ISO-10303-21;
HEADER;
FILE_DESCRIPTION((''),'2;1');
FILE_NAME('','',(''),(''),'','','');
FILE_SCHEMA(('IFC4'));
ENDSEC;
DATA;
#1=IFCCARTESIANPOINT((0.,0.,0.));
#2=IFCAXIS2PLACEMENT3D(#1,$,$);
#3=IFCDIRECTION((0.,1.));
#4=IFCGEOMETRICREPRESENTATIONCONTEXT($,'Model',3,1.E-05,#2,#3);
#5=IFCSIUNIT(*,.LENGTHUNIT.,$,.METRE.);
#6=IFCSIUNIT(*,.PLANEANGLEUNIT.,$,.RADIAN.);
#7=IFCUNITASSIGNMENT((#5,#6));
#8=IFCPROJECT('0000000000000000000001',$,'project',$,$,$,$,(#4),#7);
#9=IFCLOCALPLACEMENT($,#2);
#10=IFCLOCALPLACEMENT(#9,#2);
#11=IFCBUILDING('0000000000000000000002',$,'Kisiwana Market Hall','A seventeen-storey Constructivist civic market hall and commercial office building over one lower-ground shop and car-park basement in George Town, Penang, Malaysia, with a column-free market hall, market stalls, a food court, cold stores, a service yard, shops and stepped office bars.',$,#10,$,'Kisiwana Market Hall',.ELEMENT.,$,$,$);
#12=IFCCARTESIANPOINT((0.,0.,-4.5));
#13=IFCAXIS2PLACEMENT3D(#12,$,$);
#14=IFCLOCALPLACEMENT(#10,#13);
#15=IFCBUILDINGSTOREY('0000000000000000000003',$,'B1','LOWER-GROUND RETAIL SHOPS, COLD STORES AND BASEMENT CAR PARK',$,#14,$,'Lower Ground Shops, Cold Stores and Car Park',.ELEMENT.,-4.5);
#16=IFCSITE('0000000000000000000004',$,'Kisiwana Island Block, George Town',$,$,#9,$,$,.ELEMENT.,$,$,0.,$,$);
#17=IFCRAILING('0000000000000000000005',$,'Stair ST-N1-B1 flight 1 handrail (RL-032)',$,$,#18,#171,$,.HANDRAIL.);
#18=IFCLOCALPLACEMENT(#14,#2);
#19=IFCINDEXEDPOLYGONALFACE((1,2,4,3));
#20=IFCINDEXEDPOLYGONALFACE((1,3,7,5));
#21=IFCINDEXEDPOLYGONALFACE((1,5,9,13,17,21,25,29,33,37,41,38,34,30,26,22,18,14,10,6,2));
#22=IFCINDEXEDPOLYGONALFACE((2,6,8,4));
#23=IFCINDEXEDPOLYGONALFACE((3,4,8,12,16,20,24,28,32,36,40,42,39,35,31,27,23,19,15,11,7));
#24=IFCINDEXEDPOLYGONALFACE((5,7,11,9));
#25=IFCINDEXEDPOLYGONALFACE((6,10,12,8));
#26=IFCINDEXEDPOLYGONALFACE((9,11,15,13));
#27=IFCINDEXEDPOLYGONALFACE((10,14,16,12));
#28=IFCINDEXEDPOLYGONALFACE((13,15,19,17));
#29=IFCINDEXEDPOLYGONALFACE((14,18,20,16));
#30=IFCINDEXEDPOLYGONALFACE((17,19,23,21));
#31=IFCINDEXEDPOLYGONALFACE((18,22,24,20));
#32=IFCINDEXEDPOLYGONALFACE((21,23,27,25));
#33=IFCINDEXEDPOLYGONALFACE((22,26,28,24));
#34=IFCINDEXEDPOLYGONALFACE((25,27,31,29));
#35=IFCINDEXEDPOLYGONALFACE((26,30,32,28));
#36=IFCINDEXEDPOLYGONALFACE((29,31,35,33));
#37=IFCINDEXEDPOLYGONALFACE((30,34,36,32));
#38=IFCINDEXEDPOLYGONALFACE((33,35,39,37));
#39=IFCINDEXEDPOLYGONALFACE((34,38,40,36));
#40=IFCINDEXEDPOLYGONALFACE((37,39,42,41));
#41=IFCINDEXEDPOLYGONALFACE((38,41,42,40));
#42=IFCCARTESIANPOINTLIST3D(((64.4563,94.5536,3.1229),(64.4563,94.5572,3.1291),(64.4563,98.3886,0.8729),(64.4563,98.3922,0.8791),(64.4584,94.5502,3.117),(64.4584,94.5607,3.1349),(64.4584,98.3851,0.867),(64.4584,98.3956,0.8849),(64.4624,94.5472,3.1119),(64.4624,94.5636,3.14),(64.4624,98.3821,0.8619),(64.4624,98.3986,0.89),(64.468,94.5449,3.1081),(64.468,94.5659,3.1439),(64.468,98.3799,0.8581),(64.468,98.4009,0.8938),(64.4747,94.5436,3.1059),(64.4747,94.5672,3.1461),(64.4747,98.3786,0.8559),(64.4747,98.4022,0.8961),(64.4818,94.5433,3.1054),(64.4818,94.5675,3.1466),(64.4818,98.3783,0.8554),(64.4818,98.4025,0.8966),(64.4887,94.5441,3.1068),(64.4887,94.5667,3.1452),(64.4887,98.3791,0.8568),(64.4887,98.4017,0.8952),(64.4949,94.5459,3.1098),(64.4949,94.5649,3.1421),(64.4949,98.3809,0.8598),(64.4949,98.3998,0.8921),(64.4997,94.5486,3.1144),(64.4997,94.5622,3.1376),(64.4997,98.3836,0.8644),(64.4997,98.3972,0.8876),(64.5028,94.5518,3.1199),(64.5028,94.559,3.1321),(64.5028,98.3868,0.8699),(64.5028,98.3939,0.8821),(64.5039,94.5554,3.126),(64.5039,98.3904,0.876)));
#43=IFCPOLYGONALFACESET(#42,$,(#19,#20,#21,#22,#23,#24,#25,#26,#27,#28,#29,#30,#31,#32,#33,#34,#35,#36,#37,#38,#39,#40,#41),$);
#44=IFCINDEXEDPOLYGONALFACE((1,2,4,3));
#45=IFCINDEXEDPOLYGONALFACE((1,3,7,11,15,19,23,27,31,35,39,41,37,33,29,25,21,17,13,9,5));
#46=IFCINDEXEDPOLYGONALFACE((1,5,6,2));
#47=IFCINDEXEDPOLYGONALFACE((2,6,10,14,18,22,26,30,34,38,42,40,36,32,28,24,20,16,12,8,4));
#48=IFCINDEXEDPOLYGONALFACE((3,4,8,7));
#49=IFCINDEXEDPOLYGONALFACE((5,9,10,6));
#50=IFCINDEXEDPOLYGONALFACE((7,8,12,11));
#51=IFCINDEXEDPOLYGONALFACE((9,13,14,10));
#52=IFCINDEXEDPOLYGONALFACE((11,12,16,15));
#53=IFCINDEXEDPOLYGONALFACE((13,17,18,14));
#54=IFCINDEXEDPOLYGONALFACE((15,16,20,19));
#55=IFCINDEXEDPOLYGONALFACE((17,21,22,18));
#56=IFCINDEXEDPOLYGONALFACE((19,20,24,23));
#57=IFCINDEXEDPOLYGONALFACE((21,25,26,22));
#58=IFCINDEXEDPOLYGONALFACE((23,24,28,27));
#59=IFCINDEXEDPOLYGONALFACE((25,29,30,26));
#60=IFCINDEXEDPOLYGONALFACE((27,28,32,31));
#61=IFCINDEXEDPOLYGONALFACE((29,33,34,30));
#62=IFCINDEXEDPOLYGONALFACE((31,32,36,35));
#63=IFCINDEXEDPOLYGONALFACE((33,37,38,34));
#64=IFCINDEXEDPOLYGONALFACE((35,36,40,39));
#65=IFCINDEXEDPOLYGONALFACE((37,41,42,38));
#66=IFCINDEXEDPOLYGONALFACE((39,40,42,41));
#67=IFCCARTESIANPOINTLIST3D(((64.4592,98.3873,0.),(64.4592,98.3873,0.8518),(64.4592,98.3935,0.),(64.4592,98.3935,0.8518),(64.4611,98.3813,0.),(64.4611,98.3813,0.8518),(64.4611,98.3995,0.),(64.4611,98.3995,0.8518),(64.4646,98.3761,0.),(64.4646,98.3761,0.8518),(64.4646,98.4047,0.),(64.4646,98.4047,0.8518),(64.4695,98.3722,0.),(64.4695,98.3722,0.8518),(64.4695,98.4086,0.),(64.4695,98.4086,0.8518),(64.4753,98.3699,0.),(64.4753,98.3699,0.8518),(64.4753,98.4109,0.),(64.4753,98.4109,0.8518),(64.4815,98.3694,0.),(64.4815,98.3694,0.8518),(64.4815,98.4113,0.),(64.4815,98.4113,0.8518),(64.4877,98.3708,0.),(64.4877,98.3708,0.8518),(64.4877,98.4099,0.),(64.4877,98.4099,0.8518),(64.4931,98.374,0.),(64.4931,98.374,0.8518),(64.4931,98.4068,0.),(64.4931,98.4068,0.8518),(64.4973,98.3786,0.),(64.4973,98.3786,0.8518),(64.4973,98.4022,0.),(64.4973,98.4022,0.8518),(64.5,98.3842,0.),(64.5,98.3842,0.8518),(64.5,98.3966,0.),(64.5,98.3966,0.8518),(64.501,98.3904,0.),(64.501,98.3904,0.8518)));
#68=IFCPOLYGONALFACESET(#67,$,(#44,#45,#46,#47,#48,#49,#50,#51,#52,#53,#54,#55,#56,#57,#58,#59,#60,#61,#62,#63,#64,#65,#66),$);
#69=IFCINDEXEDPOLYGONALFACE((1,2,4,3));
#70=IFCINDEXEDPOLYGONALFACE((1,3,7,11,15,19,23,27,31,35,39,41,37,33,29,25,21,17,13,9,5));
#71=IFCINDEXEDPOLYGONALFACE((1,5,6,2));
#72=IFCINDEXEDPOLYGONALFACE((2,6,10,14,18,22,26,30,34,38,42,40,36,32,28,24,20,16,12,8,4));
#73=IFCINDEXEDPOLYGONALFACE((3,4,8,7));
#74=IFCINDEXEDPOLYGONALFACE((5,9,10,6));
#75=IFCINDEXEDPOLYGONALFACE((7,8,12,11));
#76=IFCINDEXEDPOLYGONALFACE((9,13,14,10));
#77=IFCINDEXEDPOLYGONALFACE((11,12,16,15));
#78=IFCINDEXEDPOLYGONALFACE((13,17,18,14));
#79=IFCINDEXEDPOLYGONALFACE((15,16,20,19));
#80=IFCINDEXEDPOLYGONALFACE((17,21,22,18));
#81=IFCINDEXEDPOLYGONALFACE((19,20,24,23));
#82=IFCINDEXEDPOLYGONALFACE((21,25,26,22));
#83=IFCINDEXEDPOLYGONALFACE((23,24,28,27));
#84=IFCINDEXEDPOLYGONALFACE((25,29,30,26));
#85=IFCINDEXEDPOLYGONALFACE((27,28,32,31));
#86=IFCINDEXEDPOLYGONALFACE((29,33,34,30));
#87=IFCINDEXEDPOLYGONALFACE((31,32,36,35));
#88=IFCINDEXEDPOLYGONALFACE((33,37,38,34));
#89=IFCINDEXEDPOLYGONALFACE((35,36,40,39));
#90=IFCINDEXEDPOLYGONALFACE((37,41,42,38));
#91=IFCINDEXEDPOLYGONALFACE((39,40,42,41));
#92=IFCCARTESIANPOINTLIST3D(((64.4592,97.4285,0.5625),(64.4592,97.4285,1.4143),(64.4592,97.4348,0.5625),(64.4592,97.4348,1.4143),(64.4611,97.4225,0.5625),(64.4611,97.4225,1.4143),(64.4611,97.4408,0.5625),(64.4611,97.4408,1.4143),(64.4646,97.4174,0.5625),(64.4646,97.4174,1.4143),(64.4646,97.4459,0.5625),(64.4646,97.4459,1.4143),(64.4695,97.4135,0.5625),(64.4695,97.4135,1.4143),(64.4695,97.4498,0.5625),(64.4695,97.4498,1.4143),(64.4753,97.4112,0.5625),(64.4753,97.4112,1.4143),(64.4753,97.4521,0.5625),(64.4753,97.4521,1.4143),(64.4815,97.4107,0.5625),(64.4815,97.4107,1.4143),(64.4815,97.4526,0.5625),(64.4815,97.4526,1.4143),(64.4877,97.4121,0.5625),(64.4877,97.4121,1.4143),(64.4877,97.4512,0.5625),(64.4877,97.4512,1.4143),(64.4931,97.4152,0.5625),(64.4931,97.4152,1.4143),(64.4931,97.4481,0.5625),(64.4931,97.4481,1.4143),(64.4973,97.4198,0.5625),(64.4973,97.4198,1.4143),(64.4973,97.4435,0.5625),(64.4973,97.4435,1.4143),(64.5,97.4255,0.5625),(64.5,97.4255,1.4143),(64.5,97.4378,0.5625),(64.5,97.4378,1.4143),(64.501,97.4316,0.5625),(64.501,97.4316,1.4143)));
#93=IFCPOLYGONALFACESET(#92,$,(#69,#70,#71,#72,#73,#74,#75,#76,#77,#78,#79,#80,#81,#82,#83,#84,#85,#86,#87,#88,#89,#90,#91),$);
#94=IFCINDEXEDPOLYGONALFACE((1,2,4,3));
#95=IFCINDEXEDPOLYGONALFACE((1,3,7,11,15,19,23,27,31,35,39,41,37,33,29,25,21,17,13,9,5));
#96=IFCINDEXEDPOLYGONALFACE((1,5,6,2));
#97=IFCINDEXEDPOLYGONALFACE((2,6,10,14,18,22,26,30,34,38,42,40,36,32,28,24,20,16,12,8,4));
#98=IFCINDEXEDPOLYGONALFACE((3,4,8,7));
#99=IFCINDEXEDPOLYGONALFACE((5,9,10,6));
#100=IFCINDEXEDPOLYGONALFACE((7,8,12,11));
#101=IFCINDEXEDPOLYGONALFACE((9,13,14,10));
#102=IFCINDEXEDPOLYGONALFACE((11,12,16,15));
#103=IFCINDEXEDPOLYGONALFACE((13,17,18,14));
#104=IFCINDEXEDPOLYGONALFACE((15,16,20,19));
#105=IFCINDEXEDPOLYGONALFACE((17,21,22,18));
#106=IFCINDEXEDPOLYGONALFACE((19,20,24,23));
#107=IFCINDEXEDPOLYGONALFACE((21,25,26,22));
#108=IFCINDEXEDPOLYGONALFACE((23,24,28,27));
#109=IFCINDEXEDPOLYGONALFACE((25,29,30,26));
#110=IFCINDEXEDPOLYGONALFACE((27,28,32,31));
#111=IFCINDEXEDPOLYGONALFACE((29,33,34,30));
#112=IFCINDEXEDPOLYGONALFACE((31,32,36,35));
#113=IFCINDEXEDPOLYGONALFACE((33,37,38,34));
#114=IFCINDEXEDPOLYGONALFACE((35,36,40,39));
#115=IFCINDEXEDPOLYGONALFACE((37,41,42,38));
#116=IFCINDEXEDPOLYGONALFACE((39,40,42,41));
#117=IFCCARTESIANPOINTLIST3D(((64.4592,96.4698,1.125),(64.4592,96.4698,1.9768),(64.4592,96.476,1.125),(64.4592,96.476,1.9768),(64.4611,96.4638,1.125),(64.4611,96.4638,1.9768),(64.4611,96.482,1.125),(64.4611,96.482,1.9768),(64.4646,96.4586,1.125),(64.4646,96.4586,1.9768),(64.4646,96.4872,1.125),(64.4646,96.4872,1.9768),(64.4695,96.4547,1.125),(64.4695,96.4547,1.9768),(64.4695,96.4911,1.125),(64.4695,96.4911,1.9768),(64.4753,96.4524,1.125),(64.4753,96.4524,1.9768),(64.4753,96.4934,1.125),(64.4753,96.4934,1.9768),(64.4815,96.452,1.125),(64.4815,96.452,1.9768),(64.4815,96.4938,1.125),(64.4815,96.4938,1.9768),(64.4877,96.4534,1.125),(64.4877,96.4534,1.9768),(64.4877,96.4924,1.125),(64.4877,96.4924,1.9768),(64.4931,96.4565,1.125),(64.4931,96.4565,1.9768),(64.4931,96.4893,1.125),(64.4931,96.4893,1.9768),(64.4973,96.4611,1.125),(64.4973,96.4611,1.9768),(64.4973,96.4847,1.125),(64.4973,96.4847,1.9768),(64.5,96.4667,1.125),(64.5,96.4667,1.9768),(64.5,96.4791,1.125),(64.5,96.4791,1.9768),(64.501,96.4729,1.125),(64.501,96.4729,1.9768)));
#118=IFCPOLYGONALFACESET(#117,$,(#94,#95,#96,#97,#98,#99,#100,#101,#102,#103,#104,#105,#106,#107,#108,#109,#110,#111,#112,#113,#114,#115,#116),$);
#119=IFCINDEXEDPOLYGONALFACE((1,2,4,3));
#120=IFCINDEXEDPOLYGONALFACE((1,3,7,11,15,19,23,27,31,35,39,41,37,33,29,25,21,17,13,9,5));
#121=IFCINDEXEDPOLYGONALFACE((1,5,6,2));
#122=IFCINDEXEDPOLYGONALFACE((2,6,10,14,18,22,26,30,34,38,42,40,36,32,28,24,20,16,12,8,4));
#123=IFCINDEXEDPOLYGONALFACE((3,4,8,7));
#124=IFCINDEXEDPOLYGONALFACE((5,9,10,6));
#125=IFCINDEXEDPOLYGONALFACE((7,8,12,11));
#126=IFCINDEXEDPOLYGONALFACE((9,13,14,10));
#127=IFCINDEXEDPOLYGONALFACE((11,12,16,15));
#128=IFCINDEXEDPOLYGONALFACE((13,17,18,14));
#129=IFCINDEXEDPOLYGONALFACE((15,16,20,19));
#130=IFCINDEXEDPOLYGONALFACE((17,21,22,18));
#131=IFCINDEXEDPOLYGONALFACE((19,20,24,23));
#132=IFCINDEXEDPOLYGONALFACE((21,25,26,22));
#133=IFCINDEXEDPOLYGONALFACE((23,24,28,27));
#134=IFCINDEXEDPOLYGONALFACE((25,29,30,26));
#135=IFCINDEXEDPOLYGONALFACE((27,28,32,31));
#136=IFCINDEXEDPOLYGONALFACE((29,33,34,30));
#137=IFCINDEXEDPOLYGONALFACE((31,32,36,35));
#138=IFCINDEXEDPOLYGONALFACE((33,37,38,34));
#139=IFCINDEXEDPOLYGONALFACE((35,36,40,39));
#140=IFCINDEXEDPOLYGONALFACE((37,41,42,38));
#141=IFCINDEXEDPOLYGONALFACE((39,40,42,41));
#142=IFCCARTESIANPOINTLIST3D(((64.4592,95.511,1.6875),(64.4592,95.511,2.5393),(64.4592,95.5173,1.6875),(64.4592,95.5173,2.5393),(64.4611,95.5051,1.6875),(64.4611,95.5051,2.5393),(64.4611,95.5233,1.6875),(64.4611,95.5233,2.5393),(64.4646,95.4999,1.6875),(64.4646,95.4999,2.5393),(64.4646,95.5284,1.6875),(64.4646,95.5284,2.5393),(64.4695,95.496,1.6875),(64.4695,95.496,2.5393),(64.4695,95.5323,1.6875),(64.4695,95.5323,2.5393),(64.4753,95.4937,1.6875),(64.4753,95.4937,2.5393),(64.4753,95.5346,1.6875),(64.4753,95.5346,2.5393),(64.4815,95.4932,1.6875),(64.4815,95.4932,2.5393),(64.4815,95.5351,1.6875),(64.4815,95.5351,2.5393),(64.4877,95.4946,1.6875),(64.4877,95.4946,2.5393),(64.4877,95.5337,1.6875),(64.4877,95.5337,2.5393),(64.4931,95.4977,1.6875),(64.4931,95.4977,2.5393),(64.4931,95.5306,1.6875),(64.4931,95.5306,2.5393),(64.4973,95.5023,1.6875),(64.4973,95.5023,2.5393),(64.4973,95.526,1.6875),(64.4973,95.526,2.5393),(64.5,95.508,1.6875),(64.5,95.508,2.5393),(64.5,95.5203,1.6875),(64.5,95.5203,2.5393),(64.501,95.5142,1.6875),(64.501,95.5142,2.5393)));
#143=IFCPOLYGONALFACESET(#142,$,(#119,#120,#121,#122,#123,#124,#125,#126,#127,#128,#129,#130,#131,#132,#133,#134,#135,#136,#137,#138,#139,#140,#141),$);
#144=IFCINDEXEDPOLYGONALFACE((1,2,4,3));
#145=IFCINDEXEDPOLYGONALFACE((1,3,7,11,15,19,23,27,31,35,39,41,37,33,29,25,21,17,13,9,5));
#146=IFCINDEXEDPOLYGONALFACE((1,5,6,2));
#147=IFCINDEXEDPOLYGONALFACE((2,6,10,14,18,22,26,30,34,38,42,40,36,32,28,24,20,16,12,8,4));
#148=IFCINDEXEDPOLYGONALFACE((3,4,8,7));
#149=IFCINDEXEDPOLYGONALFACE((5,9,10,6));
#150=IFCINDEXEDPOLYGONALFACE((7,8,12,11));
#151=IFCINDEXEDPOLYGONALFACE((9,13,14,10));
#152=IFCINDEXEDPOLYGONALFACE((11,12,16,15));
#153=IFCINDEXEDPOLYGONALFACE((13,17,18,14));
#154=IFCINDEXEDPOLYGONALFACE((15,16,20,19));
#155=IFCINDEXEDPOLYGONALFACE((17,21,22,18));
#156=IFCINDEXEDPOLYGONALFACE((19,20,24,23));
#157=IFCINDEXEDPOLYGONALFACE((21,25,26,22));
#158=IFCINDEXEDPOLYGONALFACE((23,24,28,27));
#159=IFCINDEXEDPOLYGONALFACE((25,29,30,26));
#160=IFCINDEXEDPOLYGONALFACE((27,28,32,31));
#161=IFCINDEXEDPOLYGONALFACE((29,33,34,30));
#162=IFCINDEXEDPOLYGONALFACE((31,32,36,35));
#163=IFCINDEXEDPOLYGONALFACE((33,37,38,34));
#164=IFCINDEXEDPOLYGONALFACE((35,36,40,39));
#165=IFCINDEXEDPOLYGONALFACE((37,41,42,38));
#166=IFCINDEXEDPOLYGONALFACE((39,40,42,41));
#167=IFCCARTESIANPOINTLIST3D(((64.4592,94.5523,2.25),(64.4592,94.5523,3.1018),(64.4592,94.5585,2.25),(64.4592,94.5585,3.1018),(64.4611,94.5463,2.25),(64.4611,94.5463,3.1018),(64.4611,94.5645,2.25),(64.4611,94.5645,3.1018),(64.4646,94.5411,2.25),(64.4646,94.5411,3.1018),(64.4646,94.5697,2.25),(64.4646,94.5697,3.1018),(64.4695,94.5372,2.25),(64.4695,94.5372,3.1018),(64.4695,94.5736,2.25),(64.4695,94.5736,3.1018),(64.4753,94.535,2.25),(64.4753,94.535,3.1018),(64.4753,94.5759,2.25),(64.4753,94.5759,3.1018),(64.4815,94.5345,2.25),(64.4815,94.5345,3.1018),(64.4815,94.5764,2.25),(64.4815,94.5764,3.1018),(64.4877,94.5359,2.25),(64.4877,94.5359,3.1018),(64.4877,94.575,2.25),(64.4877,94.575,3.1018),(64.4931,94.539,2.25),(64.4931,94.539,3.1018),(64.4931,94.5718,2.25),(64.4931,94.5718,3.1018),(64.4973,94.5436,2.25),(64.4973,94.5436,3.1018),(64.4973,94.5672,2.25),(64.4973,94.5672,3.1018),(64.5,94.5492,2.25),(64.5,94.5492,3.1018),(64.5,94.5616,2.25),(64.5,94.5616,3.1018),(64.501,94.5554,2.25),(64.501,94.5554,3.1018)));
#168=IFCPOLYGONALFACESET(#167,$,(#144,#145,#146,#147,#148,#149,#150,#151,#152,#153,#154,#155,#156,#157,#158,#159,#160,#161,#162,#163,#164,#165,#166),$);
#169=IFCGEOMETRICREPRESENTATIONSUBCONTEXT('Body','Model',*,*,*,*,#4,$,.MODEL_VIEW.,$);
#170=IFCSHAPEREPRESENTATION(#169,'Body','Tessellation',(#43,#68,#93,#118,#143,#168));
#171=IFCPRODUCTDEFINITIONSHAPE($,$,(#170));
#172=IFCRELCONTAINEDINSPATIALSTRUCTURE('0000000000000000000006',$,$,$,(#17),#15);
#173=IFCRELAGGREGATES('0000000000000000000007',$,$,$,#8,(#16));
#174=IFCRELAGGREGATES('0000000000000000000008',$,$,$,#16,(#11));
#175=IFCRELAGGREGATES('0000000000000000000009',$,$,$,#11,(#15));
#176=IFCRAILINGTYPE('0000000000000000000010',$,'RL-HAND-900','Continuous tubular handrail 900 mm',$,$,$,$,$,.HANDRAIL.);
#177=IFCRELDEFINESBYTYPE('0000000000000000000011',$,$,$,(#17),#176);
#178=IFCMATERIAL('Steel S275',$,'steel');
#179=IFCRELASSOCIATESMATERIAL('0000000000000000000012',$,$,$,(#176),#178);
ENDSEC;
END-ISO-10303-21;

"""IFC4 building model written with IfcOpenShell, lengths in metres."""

from ifc_helpers import new_model, si_unit, direction, frame, origin, origin_2d, place, context, subcontext, project, spatial, circle, extrude, material, type_object, element, save


model = new_model("IFC4")

# Units and contexts
model_context = context("Model", 3, precision=1e-05, world=origin(), true_north=direction((0.0, 1.0)))
body_context = subcontext(model_context, "Body", "Model", "MODEL_VIEW")
ifc_project = project(units=[si_unit("LENGTHUNIT", "METRE"), si_unit("PLANEANGLEUNIT", "RADIAN")], contexts=[model_context])

# Site, building, storey
site_placement = place(None, origin())
site = spatial("IfcSite", under=ifc_project, at=site_placement, Name="Kisiwana Island Block, George Town", CompositionType="ELEMENT", RefElevation=0.0)
building_placement = place(site_placement, origin())
building = spatial("IfcBuilding", under=site, at=building_placement, Name="Kisiwana Market Hall", Description="A seventeen-storey Constructivist civic market hall and commercial office building over one lower-ground shop and car-park basement in George Town, Penang, Malaysia, with a column-free market hall, market stalls, a food court, cold stores, a service yard, shops and stepped office bars.", LongName="Kisiwana Market Hall", CompositionType="ELEMENT")
storey_placement = place(building_placement, frame((0.0, 0.0, -4.5)))
storey = spatial("IfcBuildingStorey", under=building, at=storey_placement, Name="B1", Description="LOWER-GROUND RETAIL SHOPS, COLD STORES AND BASEMENT CAR PARK", LongName="Lower Ground Shops, Cold Stores and Car Park", CompositionType="ELEMENT", Elevation=-4.5)

# Railing
ifc_material_1 = material(Name="Steel S275", Category="steel")
railing_type_1 = type_object("IfcRailingType", Name="RL-HAND-900", Description="Continuous tubular handrail 900 mm", PredefinedType="HANDRAIL", material=ifc_material_1)
railing_1_placement = place(storey_placement, frame((64.48, 98.3904, 0.0)))
element("IfcRailing", 1, at=railing_1_placement, inside=storey, type_object=railing_type_1, Name="Stair ST-N1-B1 flight 1 handrail (RL-032)", PredefinedType="HANDRAIL", context=body_context, shape_type="SweptSolid", body=[
    extrude(circle(Radius=0.0239, at=origin_2d()), frame((0.0, 0.0, 0.876), z_axis=(0.0, -0.86251, 0.506041), x_axis=(1.0, 0.0, 0.0)), (0.0, 0.0, 1.0), 4.4463),
    extrude(circle(Radius=0.021, at=origin_2d()), origin(), (0.0, 0.0, 1.0), 0.8518),
    extrude(circle(Radius=0.021, at=origin_2d()), frame((0.0, -0.9587, 0.5625)), (0.0, 0.0, 1.0), 0.8518),
    extrude(circle(Radius=0.021, at=origin_2d()), frame((0.0, -1.9175, 1.125)), (0.0, 0.0, 1.0), 0.8518),
    extrude(circle(Radius=0.021, at=origin_2d()), frame((0.0, -2.8762, 1.6875)), (0.0, 0.0, 1.0), 0.8518),
    extrude(circle(Radius=0.021, at=origin_2d()), frame((0.0, -3.835, 2.25)), (0.0, 0.0, 1.0), 0.8518),
])

save(model, "model.ifc")
